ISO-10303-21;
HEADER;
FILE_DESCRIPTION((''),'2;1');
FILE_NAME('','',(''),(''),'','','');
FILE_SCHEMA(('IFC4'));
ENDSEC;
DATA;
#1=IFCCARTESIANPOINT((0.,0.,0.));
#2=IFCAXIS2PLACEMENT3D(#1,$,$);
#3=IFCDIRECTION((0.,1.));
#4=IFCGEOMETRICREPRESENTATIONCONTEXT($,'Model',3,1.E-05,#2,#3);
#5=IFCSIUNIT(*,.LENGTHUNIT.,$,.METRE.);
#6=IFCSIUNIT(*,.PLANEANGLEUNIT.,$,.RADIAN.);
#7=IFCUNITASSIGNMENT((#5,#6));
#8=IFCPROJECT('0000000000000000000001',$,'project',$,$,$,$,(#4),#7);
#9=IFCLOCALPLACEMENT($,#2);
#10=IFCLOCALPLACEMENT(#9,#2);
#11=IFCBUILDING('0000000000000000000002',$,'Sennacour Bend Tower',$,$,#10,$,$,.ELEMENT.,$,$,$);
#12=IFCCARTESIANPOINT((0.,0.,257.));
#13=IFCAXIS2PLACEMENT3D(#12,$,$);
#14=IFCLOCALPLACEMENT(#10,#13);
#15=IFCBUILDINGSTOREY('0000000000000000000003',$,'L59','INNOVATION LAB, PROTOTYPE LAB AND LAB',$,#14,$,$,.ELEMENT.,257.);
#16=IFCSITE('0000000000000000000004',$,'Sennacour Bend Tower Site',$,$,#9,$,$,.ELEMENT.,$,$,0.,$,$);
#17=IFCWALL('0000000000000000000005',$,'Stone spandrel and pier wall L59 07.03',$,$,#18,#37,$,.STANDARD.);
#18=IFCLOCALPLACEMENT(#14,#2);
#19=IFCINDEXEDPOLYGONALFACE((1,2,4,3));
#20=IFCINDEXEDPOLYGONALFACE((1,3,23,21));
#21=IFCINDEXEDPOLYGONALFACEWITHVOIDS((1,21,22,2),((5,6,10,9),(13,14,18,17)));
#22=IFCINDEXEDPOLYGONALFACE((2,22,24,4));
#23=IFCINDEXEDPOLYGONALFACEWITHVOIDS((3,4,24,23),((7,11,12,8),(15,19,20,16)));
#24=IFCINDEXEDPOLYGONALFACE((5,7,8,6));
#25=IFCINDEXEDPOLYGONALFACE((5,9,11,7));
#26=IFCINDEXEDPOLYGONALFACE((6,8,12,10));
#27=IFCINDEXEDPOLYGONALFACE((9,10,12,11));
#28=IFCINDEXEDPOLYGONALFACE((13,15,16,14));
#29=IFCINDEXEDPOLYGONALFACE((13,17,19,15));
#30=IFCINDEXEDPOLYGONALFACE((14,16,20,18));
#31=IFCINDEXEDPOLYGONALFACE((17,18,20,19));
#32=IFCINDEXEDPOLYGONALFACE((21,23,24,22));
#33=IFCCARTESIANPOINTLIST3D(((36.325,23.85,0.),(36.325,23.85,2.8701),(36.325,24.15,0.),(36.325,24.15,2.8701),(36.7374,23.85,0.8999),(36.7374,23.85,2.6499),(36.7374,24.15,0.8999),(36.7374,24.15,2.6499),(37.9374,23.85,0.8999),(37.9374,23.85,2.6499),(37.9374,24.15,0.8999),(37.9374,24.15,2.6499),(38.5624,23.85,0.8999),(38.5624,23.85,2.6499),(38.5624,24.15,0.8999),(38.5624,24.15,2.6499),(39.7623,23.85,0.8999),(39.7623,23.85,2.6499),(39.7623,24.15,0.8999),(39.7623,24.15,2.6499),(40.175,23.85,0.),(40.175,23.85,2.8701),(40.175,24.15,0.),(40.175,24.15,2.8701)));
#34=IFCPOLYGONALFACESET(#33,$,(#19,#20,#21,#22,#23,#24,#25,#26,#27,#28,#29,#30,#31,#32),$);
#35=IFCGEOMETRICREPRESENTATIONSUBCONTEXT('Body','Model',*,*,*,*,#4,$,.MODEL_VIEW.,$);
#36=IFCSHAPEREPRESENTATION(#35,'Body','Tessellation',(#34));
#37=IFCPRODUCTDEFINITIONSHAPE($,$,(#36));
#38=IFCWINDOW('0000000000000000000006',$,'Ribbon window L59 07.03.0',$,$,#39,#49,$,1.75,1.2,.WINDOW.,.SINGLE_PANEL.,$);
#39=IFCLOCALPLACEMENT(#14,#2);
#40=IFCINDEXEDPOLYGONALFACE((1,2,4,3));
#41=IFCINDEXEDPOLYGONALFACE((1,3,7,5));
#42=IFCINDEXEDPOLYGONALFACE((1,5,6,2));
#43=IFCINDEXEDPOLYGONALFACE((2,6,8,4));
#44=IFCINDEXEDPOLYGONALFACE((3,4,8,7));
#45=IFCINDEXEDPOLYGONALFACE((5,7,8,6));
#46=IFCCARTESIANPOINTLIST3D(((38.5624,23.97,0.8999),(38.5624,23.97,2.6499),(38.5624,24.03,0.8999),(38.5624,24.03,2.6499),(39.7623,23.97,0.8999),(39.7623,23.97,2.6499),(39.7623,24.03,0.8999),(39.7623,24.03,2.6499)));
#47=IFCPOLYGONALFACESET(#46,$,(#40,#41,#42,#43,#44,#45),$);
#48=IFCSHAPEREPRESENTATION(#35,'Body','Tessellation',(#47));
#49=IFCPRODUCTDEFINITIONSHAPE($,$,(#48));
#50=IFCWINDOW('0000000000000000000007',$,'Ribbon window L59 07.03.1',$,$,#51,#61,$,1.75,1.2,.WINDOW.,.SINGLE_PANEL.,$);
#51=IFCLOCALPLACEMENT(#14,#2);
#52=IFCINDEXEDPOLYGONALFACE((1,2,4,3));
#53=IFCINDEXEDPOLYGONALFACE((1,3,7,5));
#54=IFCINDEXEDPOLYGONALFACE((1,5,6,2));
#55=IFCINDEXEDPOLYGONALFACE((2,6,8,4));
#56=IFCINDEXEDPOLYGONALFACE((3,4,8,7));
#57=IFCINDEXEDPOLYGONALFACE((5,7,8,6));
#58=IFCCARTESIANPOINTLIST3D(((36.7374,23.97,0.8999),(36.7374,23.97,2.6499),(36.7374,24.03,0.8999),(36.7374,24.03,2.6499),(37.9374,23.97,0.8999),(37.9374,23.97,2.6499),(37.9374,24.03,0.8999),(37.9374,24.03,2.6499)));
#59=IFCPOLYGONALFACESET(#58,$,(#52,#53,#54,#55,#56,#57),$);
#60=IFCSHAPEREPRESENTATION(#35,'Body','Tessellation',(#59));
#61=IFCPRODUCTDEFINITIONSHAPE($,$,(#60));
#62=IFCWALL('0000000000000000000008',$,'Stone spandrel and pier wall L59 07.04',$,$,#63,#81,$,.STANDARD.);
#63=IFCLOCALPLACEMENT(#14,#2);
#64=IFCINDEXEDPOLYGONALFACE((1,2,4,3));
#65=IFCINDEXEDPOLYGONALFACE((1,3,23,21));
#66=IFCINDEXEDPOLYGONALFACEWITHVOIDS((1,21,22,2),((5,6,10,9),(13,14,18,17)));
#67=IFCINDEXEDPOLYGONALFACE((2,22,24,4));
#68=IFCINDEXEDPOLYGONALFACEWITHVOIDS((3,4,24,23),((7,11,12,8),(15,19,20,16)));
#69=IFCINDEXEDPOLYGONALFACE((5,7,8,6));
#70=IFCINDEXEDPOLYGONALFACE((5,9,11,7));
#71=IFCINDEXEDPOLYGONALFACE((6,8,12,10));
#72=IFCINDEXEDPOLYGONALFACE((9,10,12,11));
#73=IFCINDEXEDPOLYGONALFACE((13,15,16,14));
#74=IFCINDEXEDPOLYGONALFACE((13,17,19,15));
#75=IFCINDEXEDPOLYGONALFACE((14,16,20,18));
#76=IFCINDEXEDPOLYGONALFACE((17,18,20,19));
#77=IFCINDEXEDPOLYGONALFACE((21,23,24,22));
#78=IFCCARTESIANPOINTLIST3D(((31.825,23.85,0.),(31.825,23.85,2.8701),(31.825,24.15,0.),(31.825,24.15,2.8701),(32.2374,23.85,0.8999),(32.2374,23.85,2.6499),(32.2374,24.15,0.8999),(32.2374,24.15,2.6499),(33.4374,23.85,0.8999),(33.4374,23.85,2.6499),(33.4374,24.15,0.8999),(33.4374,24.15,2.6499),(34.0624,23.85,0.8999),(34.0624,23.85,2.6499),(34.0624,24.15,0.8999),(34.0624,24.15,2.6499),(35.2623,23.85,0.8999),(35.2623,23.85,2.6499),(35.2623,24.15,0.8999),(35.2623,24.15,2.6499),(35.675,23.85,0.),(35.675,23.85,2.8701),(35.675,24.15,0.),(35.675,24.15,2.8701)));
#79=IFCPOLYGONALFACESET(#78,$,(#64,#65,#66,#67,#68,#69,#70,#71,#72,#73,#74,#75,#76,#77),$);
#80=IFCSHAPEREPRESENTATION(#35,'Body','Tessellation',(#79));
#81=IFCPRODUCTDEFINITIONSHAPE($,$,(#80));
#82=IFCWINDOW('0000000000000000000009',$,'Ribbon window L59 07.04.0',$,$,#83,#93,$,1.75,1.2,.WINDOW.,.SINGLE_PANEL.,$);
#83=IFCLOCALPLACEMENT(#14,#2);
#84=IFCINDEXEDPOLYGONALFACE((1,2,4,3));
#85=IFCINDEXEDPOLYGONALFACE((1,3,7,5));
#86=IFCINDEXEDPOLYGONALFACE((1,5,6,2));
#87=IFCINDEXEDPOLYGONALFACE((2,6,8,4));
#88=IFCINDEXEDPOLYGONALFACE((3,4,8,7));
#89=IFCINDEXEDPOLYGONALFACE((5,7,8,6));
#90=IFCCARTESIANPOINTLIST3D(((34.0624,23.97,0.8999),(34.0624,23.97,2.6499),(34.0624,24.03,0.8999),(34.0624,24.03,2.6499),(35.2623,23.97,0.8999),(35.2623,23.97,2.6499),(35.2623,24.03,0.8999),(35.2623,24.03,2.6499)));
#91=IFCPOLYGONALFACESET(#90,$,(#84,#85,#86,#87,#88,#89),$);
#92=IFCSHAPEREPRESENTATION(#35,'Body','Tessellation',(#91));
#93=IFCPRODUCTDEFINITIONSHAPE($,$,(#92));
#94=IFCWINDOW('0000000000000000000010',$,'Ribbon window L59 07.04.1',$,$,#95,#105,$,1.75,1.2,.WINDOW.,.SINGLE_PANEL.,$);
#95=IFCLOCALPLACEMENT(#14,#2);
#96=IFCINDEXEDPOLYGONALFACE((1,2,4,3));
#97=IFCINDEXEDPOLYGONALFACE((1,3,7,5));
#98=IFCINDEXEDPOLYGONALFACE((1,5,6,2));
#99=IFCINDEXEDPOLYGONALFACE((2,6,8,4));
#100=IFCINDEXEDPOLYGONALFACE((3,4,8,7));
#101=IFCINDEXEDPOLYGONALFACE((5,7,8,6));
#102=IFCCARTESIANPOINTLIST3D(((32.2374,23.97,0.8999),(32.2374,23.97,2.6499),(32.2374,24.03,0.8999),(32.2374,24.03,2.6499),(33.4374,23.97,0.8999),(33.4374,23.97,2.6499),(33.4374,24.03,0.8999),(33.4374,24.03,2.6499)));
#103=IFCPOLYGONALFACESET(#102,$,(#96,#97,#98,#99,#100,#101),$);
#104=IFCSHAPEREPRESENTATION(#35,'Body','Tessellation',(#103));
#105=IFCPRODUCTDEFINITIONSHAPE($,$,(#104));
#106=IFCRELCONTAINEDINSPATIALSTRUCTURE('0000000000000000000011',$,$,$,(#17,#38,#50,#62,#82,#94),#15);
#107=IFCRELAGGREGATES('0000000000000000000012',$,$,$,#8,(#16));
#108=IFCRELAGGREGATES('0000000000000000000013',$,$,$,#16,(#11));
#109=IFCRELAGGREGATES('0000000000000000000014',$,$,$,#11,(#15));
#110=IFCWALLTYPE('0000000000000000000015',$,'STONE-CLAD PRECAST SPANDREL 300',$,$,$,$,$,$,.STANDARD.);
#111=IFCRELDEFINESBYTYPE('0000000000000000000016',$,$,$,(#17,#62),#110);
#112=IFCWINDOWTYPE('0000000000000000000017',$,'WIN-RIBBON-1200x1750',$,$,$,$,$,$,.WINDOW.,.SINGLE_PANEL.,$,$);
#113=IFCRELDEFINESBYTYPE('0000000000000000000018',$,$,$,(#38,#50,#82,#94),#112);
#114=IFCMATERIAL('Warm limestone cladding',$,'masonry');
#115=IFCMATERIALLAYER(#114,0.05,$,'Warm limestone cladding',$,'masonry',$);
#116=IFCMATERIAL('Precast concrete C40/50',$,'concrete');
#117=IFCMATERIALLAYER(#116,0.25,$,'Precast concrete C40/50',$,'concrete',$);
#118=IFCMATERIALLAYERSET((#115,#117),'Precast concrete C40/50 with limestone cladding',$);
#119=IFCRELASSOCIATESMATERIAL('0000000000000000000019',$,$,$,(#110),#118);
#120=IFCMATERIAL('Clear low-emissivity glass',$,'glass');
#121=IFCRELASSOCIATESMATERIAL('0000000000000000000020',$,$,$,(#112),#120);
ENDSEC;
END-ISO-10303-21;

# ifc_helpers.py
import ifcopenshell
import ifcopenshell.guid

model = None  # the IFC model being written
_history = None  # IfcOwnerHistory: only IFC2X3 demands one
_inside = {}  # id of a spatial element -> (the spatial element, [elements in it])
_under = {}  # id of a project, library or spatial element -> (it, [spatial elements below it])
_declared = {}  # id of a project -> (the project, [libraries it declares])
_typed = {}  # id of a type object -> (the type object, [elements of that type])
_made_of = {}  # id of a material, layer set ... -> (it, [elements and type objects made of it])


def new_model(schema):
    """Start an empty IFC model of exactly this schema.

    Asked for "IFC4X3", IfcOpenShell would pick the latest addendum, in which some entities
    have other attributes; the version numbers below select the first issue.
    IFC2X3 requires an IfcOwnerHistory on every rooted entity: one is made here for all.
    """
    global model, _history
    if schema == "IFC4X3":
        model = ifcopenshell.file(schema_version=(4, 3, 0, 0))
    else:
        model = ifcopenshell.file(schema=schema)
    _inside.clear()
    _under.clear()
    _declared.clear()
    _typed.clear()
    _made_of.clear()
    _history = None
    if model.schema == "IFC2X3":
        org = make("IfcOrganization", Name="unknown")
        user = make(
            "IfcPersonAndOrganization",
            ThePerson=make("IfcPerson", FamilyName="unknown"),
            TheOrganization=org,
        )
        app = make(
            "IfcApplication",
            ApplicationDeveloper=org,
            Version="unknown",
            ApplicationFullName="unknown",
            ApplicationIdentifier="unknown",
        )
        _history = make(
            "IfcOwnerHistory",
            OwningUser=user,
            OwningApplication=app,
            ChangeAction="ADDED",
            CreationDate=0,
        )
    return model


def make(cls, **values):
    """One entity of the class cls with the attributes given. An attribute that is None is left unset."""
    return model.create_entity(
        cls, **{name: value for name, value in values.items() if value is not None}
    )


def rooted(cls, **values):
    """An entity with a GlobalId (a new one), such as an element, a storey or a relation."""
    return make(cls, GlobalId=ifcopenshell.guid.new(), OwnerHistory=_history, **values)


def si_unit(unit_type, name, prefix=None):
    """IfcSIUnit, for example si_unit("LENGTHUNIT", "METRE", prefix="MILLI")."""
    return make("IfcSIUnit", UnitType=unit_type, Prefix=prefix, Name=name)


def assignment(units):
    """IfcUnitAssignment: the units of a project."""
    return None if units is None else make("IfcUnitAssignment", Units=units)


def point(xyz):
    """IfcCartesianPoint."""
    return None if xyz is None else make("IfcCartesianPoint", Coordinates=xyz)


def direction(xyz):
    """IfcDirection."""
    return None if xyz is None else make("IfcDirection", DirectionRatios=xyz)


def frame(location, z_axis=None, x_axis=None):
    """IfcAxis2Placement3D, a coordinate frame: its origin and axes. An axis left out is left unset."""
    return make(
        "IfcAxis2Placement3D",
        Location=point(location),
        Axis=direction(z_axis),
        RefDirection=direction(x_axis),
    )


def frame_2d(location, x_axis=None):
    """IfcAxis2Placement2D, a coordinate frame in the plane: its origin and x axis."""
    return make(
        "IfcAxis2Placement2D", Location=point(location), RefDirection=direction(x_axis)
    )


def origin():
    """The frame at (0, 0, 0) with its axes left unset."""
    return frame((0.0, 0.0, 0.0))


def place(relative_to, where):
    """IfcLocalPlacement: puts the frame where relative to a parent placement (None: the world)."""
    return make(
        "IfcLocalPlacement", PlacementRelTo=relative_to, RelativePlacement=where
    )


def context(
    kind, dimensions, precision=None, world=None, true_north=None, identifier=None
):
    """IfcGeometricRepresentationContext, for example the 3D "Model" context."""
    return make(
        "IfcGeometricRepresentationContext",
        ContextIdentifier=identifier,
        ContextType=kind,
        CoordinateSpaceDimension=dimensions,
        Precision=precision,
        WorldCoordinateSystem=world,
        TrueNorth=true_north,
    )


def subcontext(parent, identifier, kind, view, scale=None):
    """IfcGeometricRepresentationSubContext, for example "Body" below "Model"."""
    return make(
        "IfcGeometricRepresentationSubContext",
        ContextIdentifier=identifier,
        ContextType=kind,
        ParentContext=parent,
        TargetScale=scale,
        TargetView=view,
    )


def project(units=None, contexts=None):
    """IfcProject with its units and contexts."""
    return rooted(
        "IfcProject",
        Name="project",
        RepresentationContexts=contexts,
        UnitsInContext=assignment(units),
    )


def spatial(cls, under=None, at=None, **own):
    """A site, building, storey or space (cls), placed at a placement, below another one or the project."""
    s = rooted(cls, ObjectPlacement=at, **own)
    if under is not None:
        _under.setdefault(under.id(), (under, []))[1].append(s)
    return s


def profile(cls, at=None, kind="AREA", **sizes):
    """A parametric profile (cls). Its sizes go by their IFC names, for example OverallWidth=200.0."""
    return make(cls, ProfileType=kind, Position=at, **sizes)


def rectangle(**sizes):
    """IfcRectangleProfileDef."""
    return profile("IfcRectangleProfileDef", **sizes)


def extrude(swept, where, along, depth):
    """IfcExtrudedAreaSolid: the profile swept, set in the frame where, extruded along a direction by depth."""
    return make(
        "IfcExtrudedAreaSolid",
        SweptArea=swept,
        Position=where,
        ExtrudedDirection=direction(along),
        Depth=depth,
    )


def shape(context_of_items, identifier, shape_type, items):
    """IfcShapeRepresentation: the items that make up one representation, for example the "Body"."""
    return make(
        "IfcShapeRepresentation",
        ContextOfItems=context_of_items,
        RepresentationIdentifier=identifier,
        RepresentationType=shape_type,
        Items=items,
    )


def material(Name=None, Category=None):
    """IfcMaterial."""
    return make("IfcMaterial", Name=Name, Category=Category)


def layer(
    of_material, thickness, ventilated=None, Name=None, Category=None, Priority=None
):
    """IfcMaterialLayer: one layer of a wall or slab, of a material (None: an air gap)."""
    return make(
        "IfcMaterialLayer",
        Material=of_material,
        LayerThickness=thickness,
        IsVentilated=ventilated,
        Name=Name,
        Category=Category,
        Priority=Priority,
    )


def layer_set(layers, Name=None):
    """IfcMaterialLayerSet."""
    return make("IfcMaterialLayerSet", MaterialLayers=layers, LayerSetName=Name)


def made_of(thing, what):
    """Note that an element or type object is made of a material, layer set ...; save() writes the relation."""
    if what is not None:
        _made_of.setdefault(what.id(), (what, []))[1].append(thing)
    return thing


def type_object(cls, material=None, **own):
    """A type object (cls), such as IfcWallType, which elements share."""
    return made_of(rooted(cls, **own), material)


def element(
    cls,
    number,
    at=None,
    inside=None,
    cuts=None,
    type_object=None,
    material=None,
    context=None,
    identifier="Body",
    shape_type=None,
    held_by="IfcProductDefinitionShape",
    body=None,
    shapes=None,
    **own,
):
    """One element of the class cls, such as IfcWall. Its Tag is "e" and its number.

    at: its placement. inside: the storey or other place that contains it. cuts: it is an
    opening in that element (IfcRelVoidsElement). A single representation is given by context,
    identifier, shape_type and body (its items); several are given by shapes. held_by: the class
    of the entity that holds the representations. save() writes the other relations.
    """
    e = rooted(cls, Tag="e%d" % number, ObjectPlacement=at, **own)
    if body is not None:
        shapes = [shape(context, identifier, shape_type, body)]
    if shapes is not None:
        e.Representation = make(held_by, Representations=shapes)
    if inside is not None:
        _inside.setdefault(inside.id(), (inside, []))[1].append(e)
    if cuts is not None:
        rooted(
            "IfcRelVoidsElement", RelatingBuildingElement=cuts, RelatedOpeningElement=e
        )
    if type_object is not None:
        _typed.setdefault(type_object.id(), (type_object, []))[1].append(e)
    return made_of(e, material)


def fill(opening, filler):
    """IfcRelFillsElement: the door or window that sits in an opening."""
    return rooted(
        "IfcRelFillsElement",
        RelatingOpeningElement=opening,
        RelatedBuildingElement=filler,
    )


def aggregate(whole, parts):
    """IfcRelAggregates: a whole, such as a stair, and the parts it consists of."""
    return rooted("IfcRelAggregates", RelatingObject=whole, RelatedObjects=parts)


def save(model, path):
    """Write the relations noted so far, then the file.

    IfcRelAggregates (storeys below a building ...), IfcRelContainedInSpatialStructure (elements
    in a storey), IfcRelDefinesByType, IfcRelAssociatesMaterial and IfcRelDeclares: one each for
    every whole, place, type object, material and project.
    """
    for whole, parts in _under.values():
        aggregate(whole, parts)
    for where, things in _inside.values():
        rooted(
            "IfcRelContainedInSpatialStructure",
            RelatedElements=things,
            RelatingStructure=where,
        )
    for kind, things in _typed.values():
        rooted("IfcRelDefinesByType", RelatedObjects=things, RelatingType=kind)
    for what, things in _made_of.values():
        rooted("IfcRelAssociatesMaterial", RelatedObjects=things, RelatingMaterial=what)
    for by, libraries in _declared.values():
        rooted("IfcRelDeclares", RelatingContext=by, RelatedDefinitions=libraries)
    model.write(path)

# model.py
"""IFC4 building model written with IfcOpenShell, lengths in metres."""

from ifc_helpers import new_model, si_unit, direction, frame, frame_2d, origin, place, context, subcontext, project, spatial, rectangle, extrude, material, layer, layer_set, type_object, element, fill, save


model = new_model("IFC4")

# Units and contexts
model_context = context("Model", 3, precision=1e-05, world=origin(), true_north=direction((0.0, 1.0)))
body_context = subcontext(model_context, "Body", "Model", "MODEL_VIEW")
ifc_project = project(units=[si_unit("LENGTHUNIT", "METRE"), si_unit("PLANEANGLEUNIT", "RADIAN")], contexts=[model_context])

# Site, building, storey
site_placement = place(None, origin())
site = spatial("IfcSite", under=ifc_project, at=site_placement, Name="Sennacour Bend Tower Site", CompositionType="ELEMENT", RefElevation=0.0)
building_placement = place(site_placement, origin())
building = spatial("IfcBuilding", under=site, at=building_placement, Name="Sennacour Bend Tower", CompositionType="ELEMENT")
storey_placement = place(building_placement, frame((0.0, 0.0, 257.0)))
storey = spatial("IfcBuildingStorey", under=building, at=storey_placement, Name="L59", Description="INNOVATION LAB, PROTOTYPE LAB AND LAB", CompositionType="ELEMENT", Elevation=257.0)

# Walls, openings, windows
ifc_material_1 = material(Name="Warm limestone cladding", Category="masonry")
ifc_layer_1 = layer(ifc_material_1, 0.05, Name="Warm limestone cladding", Category="masonry")
ifc_material_2 = material(Name="Precast concrete C40/50", Category="concrete")
ifc_layer_2 = layer(ifc_material_2, 0.25, Name="Precast concrete C40/50", Category="concrete")
ifc_layer_set_1 = layer_set([ifc_layer_1, ifc_layer_2], Name="Precast concrete C40/50 with limestone cladding")
wall_type_1 = type_object("IfcWallType", Name="STONE-CLAD PRECAST SPANDREL 300", PredefinedType="STANDARD", material=ifc_layer_set_1)
ifc_material_3 = material(Name="Clear low-emissivity glass", Category="glass")
window_type = type_object("IfcWindowType", Name="WIN-RIBBON-1200x1750", PartitioningType="SINGLE_PANEL", PredefinedType="WINDOW", material=ifc_material_3)
wall_1_placement = place(storey_placement, frame((40.175, 24.0, 0.0), z_axis=(0.0, 0.0, 1.0), x_axis=(-1.0, 0.0, 0.0)))
wall_1 = element("IfcWall", 1, at=wall_1_placement, inside=storey, type_object=wall_type_1, Name="Stone spandrel and pier wall L59 07.03", PredefinedType="STANDARD", context=body_context, shape_type="SweptSolid", body=[
    extrude(rectangle(XDim=3.8501, YDim=0.3, at=frame_2d((1.925, 0.0))), origin(), (0.0, 0.0, 1.0), 2.8701),
])
opening_1_placement = place(wall_1_placement, frame((0.4126, 0.0, 0.8999)))
opening_1 = element("IfcOpeningElement", 2, at=opening_1_placement, cuts=wall_1, PredefinedType="OPENING", context=body_context, shape_type="SweptSolid", body=[
    extrude(rectangle(XDim=1.2, YDim=1.75, at=frame_2d((0.6001, 0.875))), frame((0.0, 0.1602, 0.0), z_axis=(0.0, -1.0, 0.0), x_axis=(1.0, 0.0, 0.0)), (0.0, 0.0, 1.0), 0.3201),
])
opening_2_placement = place(wall_1_placement, frame((2.2375, 0.0, 0.8999)))
opening_2 = element("IfcOpeningElement", 3, at=opening_2_placement, cuts=wall_1, PredefinedType="OPENING", context=body_context, shape_type="SweptSolid", body=[
    extrude(rectangle(XDim=1.2, YDim=1.75, at=frame_2d((0.6001, 0.875))), frame((0.0, 0.1602, 0.0), z_axis=(0.0, -1.0, 0.0), x_axis=(1.0, 0.0, 0.0)), (0.0, 0.0, 1.0), 0.3201),
])
window_1_placement = place(opening_1_placement, origin())
window_1 = element("IfcWindow", 4, at=window_1_placement, inside=storey, type_object=window_type, Name="Ribbon window L59 07.03.0", OverallHeight=1.75, OverallWidth=1.2, PartitioningType="SINGLE_PANEL", PredefinedType="WINDOW", context=body_context, shape_type="SweptSolid", body=[
    extrude(rectangle(XDim=1.2, YDim=1.75, at=frame_2d((0.6001, 0.875))), frame((0.0, 0.03, 0.0), z_axis=(0.0, -1.0, 0.0), x_axis=(1.0, 0.0, 0.0)), (0.0, 0.0, 1.0), 0.0601),
])
fill(opening_1, window_1)
window_2_placement = place(opening_2_placement, origin())
window_2 = element("IfcWindow", 5, at=window_2_placement, inside=storey, type_object=window_type, Name="Ribbon window L59 07.03.1", OverallHeight=1.75, OverallWidth=1.2, PartitioningType="SINGLE_PANEL", PredefinedType="WINDOW", context=body_context, shape_type="SweptSolid", body=[
    extrude(rectangle(XDim=1.2, YDim=1.75, at=frame_2d((0.6001, 0.875))), frame((0.0, 0.03, 0.0), z_axis=(0.0, -1.0, 0.0), x_axis=(1.0, 0.0, 0.0)), (0.0, 0.0, 1.0), 0.0601),
])
fill(opening_2, window_2)
wall_2_placement = place(storey_placement, frame((35.675, 24.0, 0.0), z_axis=(0.0, 0.0, 1.0), x_axis=(-1.0, 0.0, 0.0)))
wall_2 = element("IfcWall", 6, at=wall_2_placement, inside=storey, type_object=wall_type_1, Name="Stone spandrel and pier wall L59 07.04", PredefinedType="STANDARD", context=body_context, shape_type="SweptSolid", body=[
    extrude(rectangle(XDim=3.8501, YDim=0.3, at=frame_2d((1.925, 0.0))), origin(), (0.0, 0.0, 1.0), 2.8701),
])
opening_3_placement = place(wall_2_placement, frame((0.4126, 0.0, 0.8999)))
opening_3 = element("IfcOpeningElement", 7, at=opening_3_placement, cuts=wall_2, PredefinedType="OPENING", context=body_context, shape_type="SweptSolid", body=[
    extrude(rectangle(XDim=1.2, YDim=1.75, at=frame_2d((0.6001, 0.875))), frame((0.0, 0.1602, 0.0), z_axis=(0.0, -1.0, 0.0), x_axis=(1.0, 0.0, 0.0)), (0.0, 0.0, 1.0), 0.3201),
])
opening_4_placement = place(wall_2_placement, frame((2.2375, 0.0, 0.8999)))
opening_4 = element("IfcOpeningElement", 8, at=opening_4_placement, cuts=wall_2, PredefinedType="OPENING", context=body_context, shape_type="SweptSolid", body=[
    extrude(rectangle(XDim=1.2, YDim=1.75, at=frame_2d((0.6001, 0.875))), frame((0.0, 0.1602, 0.0), z_axis=(0.0, -1.0, 0.0), x_axis=(1.0, 0.0, 0.0)), (0.0, 0.0, 1.0), 0.3201),
])
window_3_placement = place(opening_3_placement, origin())
window_3 = element("IfcWindow", 9, at=window_3_placement, inside=storey, type_object=window_type, Name="Ribbon window L59 07.04.0", OverallHeight=1.75, OverallWidth=1.2, PartitioningType="SINGLE_PANEL", PredefinedType="WINDOW", context=body_context, shape_type="SweptSolid", body=[
    extrude(rectangle(XDim=1.2, YDim=1.75, at=frame_2d((0.6001, 0.875))), frame((0.0, 0.03, 0.0), z_axis=(0.0, -1.0, 0.0), x_axis=(1.0, 0.0, 0.0)), (0.0, 0.0, 1.0), 0.0601),
])
fill(opening_3, window_3)
window_4_placement = place(opening_4_placement, origin())
window_4 = element("IfcWindow", 10, at=window_4_placement, inside=storey, type_object=window_type, Name="Ribbon window L59 07.04.1", OverallHeight=1.75, OverallWidth=1.2, PartitioningType="SINGLE_PANEL", PredefinedType="WINDOW", context=body_context, shape_type="SweptSolid", body=[
    extrude(rectangle(XDim=1.2, YDim=1.75, at=frame_2d((0.6001, 0.875))), frame((0.0, 0.03, 0.0), z_axis=(0.0, -1.0, 0.0), x_axis=(1.0, 0.0, 0.0)), (0.0, 0.0, 1.0), 0.0601),
])
fill(opening_4, window_4)

save(model, "model.ifc")
